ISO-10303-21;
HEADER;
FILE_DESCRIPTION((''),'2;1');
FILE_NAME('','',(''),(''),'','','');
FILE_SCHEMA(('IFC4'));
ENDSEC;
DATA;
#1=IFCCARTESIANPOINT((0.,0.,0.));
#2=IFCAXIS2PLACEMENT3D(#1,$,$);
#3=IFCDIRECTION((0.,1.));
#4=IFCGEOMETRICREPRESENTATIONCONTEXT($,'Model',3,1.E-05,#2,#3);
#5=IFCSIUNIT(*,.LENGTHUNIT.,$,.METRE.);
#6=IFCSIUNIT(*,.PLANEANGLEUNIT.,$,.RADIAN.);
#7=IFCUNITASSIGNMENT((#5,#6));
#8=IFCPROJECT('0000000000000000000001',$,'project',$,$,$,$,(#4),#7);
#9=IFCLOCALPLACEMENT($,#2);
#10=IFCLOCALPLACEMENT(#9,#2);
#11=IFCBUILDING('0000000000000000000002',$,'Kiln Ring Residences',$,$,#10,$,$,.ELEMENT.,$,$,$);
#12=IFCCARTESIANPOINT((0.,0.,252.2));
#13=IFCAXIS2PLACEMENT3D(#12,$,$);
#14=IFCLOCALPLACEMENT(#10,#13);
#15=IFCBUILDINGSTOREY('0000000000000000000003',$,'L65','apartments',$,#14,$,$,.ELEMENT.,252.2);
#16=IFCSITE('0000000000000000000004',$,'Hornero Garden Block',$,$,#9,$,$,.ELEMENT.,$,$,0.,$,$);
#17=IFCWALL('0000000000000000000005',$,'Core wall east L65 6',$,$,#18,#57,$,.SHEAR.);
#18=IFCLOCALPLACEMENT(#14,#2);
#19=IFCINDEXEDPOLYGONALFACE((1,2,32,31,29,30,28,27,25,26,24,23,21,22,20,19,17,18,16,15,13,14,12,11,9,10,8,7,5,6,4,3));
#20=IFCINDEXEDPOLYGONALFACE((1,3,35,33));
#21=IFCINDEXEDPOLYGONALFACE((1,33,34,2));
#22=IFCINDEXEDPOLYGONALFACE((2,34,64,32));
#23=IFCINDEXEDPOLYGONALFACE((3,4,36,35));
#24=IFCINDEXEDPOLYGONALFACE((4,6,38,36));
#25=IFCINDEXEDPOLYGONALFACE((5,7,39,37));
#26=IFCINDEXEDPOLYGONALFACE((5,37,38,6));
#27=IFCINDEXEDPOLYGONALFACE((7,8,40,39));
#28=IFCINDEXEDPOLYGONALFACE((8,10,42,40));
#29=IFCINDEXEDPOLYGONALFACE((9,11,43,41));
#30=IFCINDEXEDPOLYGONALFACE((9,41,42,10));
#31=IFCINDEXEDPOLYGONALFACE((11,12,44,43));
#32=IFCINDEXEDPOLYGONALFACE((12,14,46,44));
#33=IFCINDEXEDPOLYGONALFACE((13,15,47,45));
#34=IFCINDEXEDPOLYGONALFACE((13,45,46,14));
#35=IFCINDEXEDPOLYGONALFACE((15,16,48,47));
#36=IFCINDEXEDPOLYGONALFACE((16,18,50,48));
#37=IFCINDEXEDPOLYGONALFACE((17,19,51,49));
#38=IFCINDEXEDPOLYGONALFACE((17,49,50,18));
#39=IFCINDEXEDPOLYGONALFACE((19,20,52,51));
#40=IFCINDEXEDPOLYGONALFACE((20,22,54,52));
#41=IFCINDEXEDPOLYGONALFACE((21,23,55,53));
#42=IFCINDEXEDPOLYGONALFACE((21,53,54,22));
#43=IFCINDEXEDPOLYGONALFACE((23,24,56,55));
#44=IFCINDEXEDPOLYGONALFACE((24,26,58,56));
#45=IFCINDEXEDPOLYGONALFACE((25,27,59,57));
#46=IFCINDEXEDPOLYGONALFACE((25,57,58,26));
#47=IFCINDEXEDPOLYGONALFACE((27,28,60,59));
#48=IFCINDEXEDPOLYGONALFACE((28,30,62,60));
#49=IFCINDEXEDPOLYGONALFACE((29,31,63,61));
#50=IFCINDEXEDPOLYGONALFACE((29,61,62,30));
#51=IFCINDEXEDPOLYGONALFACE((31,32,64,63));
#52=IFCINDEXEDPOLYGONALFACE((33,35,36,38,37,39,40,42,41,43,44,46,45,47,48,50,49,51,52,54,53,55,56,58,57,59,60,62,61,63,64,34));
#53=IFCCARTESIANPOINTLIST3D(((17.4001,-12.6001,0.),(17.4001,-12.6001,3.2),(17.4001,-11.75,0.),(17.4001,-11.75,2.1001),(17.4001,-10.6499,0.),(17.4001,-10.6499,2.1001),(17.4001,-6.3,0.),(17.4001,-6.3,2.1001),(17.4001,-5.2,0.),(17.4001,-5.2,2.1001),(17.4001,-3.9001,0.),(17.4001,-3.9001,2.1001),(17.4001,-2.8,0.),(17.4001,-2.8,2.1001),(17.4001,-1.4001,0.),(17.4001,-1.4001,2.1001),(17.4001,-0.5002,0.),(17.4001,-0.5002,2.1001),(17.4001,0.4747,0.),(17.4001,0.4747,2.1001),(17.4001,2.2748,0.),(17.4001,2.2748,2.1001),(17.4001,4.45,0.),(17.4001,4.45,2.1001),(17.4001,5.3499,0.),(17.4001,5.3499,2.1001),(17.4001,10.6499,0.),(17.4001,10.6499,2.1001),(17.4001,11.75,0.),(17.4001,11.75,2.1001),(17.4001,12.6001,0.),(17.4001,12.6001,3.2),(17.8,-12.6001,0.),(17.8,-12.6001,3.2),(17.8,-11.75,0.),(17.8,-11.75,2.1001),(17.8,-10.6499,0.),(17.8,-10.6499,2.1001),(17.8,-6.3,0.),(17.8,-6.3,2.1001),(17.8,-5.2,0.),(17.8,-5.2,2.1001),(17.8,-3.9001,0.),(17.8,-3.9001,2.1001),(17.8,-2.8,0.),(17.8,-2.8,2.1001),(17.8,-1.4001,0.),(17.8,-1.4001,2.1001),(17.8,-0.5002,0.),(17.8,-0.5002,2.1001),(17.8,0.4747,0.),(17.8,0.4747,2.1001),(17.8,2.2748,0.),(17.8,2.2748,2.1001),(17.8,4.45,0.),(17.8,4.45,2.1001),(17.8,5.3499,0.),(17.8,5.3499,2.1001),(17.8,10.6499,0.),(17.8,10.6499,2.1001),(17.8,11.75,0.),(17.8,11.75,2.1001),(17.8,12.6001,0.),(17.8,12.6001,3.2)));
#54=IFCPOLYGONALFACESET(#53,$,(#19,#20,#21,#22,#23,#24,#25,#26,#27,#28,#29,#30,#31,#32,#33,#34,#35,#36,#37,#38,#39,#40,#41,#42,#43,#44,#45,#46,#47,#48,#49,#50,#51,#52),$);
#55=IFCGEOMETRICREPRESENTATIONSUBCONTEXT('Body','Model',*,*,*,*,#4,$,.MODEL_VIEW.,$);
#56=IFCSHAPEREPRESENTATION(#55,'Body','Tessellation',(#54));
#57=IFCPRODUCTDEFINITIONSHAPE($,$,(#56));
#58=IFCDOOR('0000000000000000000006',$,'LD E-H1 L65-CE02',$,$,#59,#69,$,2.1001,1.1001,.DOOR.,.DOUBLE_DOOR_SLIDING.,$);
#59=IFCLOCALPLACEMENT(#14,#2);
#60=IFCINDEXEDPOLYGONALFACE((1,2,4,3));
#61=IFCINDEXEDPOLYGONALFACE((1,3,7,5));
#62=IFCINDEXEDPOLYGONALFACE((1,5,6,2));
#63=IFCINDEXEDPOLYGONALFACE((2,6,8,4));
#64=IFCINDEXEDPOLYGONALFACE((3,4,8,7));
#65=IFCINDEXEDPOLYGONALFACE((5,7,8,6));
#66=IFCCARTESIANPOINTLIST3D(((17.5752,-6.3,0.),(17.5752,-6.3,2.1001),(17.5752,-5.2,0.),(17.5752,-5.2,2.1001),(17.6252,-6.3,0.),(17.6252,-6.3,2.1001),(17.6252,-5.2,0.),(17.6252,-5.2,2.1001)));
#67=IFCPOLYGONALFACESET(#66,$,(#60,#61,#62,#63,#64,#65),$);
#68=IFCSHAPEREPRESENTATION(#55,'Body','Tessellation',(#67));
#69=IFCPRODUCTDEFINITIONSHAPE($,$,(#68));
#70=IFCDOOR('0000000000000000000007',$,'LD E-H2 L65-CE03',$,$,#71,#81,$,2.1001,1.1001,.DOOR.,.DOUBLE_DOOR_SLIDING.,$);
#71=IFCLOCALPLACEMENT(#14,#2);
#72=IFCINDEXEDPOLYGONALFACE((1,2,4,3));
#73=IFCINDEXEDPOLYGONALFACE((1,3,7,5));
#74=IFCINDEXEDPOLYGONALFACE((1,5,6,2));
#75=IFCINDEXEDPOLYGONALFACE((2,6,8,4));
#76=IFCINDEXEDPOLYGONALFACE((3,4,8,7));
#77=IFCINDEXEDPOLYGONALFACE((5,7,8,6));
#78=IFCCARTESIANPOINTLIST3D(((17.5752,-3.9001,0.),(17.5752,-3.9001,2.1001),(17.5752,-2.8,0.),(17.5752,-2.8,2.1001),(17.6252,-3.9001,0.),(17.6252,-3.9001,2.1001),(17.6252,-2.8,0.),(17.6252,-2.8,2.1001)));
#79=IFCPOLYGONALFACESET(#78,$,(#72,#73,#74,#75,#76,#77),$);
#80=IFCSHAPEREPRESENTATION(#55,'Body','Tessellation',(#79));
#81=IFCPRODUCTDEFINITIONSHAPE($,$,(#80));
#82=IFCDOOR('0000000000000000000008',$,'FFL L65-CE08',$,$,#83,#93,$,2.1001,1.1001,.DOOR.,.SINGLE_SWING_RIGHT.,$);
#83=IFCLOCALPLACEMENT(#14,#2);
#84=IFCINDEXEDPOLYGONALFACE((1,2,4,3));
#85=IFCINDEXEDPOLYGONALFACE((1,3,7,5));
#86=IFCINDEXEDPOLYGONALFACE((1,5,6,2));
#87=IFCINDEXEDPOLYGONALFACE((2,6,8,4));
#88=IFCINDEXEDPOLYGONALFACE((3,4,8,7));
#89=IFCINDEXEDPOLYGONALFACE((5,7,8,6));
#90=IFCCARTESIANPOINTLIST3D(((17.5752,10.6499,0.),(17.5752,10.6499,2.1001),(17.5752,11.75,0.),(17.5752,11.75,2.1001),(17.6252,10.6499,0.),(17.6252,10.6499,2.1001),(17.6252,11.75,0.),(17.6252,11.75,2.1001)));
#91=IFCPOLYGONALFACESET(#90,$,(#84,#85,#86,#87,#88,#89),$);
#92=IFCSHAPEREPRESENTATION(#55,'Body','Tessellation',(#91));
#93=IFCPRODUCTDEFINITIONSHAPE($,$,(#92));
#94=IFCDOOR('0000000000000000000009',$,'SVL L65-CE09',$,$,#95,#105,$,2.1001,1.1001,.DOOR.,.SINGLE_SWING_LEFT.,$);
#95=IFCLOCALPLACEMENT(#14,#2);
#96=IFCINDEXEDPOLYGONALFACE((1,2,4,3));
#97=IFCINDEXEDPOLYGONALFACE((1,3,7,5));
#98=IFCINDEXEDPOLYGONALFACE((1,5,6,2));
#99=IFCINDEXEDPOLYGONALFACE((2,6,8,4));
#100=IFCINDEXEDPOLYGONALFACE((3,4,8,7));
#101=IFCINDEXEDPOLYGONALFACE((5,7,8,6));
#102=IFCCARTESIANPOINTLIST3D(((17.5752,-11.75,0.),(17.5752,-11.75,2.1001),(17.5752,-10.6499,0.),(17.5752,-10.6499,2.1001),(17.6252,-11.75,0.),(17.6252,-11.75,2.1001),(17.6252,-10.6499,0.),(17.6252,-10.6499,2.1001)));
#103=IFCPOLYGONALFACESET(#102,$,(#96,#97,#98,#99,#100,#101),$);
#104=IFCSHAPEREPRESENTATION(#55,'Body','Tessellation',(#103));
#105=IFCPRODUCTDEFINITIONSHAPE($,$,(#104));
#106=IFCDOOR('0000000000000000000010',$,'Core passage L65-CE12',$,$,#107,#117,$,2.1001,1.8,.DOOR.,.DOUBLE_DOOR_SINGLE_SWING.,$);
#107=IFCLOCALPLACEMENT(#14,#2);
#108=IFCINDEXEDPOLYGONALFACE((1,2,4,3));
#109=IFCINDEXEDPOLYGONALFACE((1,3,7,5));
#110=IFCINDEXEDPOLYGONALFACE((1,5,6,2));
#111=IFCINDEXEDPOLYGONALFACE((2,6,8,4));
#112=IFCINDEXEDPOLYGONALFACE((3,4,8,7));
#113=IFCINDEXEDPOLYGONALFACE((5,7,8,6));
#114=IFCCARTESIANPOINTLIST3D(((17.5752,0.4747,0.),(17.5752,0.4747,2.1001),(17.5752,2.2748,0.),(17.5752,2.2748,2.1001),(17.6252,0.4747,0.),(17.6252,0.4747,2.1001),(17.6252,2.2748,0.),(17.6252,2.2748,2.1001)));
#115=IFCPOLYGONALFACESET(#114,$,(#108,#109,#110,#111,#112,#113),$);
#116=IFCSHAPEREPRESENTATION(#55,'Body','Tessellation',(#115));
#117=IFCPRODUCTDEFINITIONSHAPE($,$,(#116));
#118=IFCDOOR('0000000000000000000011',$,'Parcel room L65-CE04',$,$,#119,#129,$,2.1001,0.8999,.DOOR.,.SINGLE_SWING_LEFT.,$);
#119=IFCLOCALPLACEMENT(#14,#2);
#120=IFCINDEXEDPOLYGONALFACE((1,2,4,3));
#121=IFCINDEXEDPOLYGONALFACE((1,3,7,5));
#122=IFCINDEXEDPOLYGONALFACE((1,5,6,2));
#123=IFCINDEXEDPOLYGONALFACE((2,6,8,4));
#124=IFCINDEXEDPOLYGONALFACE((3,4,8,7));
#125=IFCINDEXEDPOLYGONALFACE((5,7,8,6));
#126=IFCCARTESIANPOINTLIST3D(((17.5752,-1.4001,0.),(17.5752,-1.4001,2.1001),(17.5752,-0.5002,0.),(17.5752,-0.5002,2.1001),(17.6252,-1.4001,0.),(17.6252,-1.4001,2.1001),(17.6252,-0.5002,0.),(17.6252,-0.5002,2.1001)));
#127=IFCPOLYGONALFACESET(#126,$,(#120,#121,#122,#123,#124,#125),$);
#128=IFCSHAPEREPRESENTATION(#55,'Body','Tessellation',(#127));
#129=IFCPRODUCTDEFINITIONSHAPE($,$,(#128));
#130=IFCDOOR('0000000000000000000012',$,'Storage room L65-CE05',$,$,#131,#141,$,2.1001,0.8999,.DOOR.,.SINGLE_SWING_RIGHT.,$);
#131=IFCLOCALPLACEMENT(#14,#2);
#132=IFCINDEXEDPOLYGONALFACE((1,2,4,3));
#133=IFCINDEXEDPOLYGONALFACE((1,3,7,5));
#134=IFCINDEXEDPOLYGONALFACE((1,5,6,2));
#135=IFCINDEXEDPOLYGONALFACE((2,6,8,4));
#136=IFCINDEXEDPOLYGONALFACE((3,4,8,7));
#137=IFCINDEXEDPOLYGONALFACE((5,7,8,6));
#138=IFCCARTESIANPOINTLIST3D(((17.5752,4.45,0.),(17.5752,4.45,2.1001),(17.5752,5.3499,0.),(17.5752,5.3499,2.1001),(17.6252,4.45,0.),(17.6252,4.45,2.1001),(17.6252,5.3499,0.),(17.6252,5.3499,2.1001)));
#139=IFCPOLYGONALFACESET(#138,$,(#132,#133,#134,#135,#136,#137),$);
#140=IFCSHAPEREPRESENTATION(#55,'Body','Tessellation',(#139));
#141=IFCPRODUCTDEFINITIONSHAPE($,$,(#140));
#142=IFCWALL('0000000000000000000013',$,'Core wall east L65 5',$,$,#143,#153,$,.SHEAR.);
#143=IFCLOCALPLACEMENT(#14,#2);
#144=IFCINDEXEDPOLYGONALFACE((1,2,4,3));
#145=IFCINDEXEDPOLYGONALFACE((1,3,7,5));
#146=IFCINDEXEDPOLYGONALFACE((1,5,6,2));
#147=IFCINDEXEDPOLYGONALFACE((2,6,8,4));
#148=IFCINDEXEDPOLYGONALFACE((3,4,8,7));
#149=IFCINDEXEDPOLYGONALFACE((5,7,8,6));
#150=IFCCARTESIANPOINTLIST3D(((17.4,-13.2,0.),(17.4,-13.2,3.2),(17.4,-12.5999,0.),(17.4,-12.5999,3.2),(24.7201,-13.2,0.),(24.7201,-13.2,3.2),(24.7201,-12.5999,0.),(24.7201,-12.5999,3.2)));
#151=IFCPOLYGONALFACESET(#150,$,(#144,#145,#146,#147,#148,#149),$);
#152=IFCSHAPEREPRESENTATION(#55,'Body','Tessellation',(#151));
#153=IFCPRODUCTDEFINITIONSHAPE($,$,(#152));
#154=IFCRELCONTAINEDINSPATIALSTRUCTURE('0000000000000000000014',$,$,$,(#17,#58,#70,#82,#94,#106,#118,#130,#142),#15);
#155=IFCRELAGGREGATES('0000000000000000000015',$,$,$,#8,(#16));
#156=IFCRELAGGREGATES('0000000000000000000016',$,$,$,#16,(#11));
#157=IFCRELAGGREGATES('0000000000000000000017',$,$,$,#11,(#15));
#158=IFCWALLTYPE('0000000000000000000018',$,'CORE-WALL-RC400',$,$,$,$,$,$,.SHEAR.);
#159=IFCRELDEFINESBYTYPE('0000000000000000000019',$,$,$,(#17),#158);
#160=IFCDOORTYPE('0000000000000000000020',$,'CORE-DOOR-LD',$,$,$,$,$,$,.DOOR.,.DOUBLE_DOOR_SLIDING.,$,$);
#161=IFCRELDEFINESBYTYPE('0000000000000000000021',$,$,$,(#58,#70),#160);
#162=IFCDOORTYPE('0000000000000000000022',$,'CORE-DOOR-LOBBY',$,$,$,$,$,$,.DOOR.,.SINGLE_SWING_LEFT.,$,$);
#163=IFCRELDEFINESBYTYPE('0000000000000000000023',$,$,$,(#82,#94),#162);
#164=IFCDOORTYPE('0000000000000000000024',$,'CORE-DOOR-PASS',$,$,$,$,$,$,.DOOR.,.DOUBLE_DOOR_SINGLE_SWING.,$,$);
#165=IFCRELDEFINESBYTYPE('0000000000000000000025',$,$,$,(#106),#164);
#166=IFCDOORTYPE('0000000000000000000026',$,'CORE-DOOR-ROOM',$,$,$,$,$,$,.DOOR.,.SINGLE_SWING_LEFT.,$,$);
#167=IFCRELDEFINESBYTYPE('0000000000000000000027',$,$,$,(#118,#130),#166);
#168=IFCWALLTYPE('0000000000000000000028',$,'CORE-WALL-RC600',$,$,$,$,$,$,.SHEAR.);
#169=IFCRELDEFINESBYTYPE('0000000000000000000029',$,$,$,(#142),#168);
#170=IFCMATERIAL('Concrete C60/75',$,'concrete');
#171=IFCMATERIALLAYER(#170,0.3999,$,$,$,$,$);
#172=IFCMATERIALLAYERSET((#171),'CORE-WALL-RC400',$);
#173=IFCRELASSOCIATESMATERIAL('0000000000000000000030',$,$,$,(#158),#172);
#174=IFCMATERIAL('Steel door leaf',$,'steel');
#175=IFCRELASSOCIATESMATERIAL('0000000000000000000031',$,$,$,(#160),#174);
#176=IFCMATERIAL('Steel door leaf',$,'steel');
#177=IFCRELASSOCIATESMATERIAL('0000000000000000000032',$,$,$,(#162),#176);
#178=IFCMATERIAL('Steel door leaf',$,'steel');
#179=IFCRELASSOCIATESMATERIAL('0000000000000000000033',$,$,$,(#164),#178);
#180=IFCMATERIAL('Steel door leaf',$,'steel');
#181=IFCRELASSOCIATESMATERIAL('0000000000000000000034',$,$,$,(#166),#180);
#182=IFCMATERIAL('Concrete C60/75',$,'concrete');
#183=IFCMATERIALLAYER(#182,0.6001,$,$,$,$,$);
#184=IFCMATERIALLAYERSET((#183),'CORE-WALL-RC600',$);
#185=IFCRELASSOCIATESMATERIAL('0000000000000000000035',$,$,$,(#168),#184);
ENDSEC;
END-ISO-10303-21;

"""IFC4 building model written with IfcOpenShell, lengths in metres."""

from ifc_helpers import new_model, si_unit, direction, frame, frame_2d, origin, place, context, subcontext, project, spatial, rectangle, extrude, material, layer, layer_set, type_object, element, fill, save


model = new_model("IFC4")

# Units and contexts
model_context = context("Model", 3, precision=1e-05, world=origin(), true_north=direction((0.0, 1.0)))
body_context = subcontext(model_context, "Body", "Model", "MODEL_VIEW")
ifc_project = project(units=[si_unit("LENGTHUNIT", "METRE"), si_unit("PLANEANGLEUNIT", "RADIAN")], contexts=[model_context])

# Site, building, storey
site_placement = place(None, origin())
site = spatial("IfcSite", under=ifc_project, at=site_placement, Name="Hornero Garden Block", CompositionType="ELEMENT", RefElevation=0.0)
building_placement = place(site_placement, origin())
building = spatial("IfcBuilding", under=site, at=building_placement, Name="Kiln Ring Residences", CompositionType="ELEMENT")
storey_placement = place(building_placement, frame((0.0, 0.0, 252.2)))
storey = spatial("IfcBuildingStorey", under=building, at=storey_placement, Name="L65", Description="apartments", CompositionType="ELEMENT", Elevation=252.2)

# Wall, openings, doors
ifc_material_1 = material(Name="Concrete C60/75", Category="concrete")
ifc_layer_1 = layer(ifc_material_1, 0.3999)
ifc_layer_set_1 = layer_set([ifc_layer_1], Name="CORE-WALL-RC400")
wall_type_1 = type_object("IfcWallType", Name="CORE-WALL-RC400", PredefinedType="SHEAR", material=ifc_layer_set_1)
wall_1_placement = place(storey_placement, frame((17.6001, -12.6001, 0.0), z_axis=(0.0, 0.0, 1.0), x_axis=(0.0, 1.0, 0.0)))
wall_1 = element("IfcWall", 1, at=wall_1_placement, inside=storey, type_object=wall_type_1, Name="Core wall east L65 6", PredefinedType="SHEAR", context=body_context, shape_type="SweptSolid", body=[
    extrude(rectangle(XDim=25.2002, YDim=0.3999, at=frame_2d((12.6001, 0.0))), origin(), (0.0, 0.0, 1.0), 3.2),
])
opening_1_placement = place(wall_1_placement, frame((6.3, 0.0, 0.0)))
opening_1 = element("IfcOpeningElement", 2, at=opening_1_placement, cuts=wall_1, PredefinedType="OPENING", context=body_context, shape_type="SweptSolid", body=[
    extrude(rectangle(XDim=1.1001, YDim=2.1001, at=frame_2d((0.55, 1.05))), frame((0.0, 0.21, 0.0), z_axis=(0.0, -1.0, 0.0), x_axis=(1.0, 0.0, 0.0)), (0.0, 0.0, 1.0), 0.4199),
])
opening_2_placement = place(wall_1_placement, frame((8.7, 0.0, 0.0)))
opening_2 = element("IfcOpeningElement", 3, at=opening_2_placement, cuts=wall_1, PredefinedType="OPENING", context=body_context, shape_type="SweptSolid", body=[
    extrude(rectangle(XDim=1.1001, YDim=2.1001, at=frame_2d((0.55, 1.05))), frame((0.0, 0.21, 0.0), z_axis=(0.0, -1.0, 0.0), x_axis=(1.0, 0.0, 0.0)), (0.0, 0.0, 1.0), 0.4199),
])
opening_3_placement = place(wall_1_placement, frame((11.2, 0.0, 0.0)))
opening_3 = element("IfcOpeningElement", 4, at=opening_3_placement, cuts=wall_1, PredefinedType="OPENING", context=body_context, shape_type="SweptSolid", body=[
    extrude(rectangle(XDim=0.8999, YDim=2.1001, at=frame_2d((0.45, 1.05))), frame((0.0, 0.21, 0.0), z_axis=(0.0, -1.0, 0.0), x_axis=(1.0, 0.0, 0.0)), (0.0, 0.0, 1.0), 0.4199),
])
opening_4_placement = place(wall_1_placement, frame((17.05, 0.0, 0.0)))
opening_4 = element("IfcOpeningElement", 5, at=opening_4_placement, cuts=wall_1, PredefinedType="OPENING", context=body_context, shape_type="SweptSolid", body=[
    extrude(rectangle(XDim=0.8999, YDim=2.1001, at=frame_2d((0.45, 1.05))), frame((0.0, 0.21, 0.0), z_axis=(0.0, -1.0, 0.0), x_axis=(1.0, 0.0, 0.0)), (0.0, 0.0, 1.0), 0.4199),
])
opening_5_placement = place(wall_1_placement, frame((23.25, 0.0, 0.0)))
opening_5 = element("IfcOpeningElement", 6, at=opening_5_placement, cuts=wall_1, PredefinedType="OPENING", context=body_context, shape_type="SweptSolid", body=[
    extrude(rectangle(XDim=1.1001, YDim=2.1001, at=frame_2d((0.55, 1.05))), frame((0.0, 0.21, 0.0), z_axis=(0.0, -1.0, 0.0), x_axis=(1.0, 0.0, 0.0)), (0.0, 0.0, 1.0), 0.4199),
])
opening_6_placement = place(wall_1_placement, frame((0.8501, 0.0, 0.0)))
opening_6 = element("IfcOpeningElement", 7, at=opening_6_placement, cuts=wall_1, PredefinedType="OPENING", context=body_context, shape_type="SweptSolid", body=[
    extrude(rectangle(XDim=1.1001, YDim=2.1001, at=frame_2d((0.55, 1.05))), frame((0.0, 0.21, 0.0), z_axis=(0.0, -1.0, 0.0), x_axis=(1.0, 0.0, 0.0)), (0.0, 0.0, 1.0), 0.4199),
])
opening_7_placement = place(wall_1_placement, frame((13.075, 0.0, 0.0)))
opening_7 = element("IfcOpeningElement", 8, at=opening_7_placement, cuts=wall_1, PredefinedType="OPENING", context=body_context, shape_type="SweptSolid", body=[
    extrude(rectangle(XDim=1.8, YDim=2.1001, at=frame_2d((0.8999, 1.05))), frame((0.0, 0.21, 0.0), z_axis=(0.0, -1.0, 0.0), x_axis=(1.0, 0.0, 0.0)), (0.0, 0.0, 1.0), 0.4199),
])
ifc_material_2 = material(Name="Steel door leaf", Category="steel")
door_type_1 = type_object("IfcDoorType", Name="CORE-DOOR-LD", OperationType="DOUBLE_DOOR_SLIDING", PredefinedType="DOOR", material=ifc_material_2)
door_1_placement = place(opening_1_placement, origin())
door_1 = element("IfcDoor", 9, at=door_1_placement, inside=storey, type_object=door_type_1, Name="LD E-H1 L65-CE02", OperationType="DOUBLE_DOOR_SLIDING", OverallHeight=2.1001, OverallWidth=1.1001, PredefinedType="DOOR", context=body_context, shape_type="SweptSolid", body=[
    extrude(rectangle(XDim=1.1001, YDim=2.1001, at=frame_2d((0.55, 1.05))), frame((0.0, 0.0249, 0.0), z_axis=(0.0, -1.0, 0.0), x_axis=(1.0, 0.0, 0.0)), (0.0, 0.0, 1.0), 0.05),
])
fill(opening_1, door_1)
door_2_placement = place(opening_2_placement, origin())
door_2 = element("IfcDoor", 10, at=door_2_placement, inside=storey, type_object=door_type_1, Name="LD E-H2 L65-CE03", OperationType="DOUBLE_DOOR_SLIDING", OverallHeight=2.1001, OverallWidth=1.1001, PredefinedType="DOOR", context=body_context, shape_type="SweptSolid", body=[
    extrude(rectangle(XDim=1.1001, YDim=2.1001, at=frame_2d((0.55, 1.05))), frame((0.0, 0.0249, 0.0), z_axis=(0.0, -1.0, 0.0), x_axis=(1.0, 0.0, 0.0)), (0.0, 0.0, 1.0), 0.05),
])
fill(opening_2, door_2)
ifc_material_3 = material(Name="Steel door leaf", Category="steel")
door_type_2 = type_object("IfcDoorType", Name="CORE-DOOR-LOBBY", OperationType="SINGLE_SWING_LEFT", PredefinedType="DOOR", material=ifc_material_3)
door_3_placement = place(opening_5_placement, origin())
door_3 = element("IfcDoor", 11, at=door_3_placement, inside=storey, type_object=door_type_2, Name="FFL L65-CE08", OperationType="SINGLE_SWING_RIGHT", OverallHeight=2.1001, OverallWidth=1.1001, PredefinedType="DOOR", context=body_context, shape_type="SweptSolid", body=[
    extrude(rectangle(XDim=1.1001, YDim=2.1001, at=frame_2d((0.55, 1.05))), frame((0.0, 0.0249, 0.0), z_axis=(0.0, -1.0, 0.0), x_axis=(1.0, 0.0, 0.0)), (0.0, 0.0, 1.0), 0.05),
])
fill(opening_5, door_3)
door_4_placement = place(opening_6_placement, origin())
door_4 = element("IfcDoor", 12, at=door_4_placement, inside=storey, type_object=door_type_2, Name="SVL L65-CE09", OperationType="SINGLE_SWING_LEFT", OverallHeight=2.1001, OverallWidth=1.1001, PredefinedType="DOOR", context=body_context, shape_type="SweptSolid", body=[
    extrude(rectangle(XDim=1.1001, YDim=2.1001, at=frame_2d((0.55, 1.05))), frame((0.0, 0.0249, 0.0), z_axis=(0.0, -1.0, 0.0), x_axis=(1.0, 0.0, 0.0)), (0.0, 0.0, 1.0), 0.05),
])
fill(opening_6, door_4)
ifc_material_4 = material(Name="Steel door leaf", Category="steel")
door_type_3 = type_object("IfcDoorType", Name="CORE-DOOR-PASS", OperationType="DOUBLE_DOOR_SINGLE_SWING", PredefinedType="DOOR", material=ifc_material_4)
door_5_placement = place(opening_7_placement, origin())
door_5 = element("IfcDoor", 13, at=door_5_placement, inside=storey, type_object=door_type_3, Name="Core passage L65-CE12", OperationType="DOUBLE_DOOR_SINGLE_SWING", OverallHeight=2.1001, OverallWidth=1.8, PredefinedType="DOOR", context=body_context, shape_type="SweptSolid", body=[
    extrude(rectangle(XDim=1.8, YDim=2.1001, at=frame_2d((0.8999, 1.05))), frame((0.0, 0.0249, 0.0), z_axis=(0.0, -1.0, 0.0), x_axis=(1.0, 0.0, 0.0)), (0.0, 0.0, 1.0), 0.05),
])
fill(opening_7, door_5)
ifc_material_5 = material(Name="Steel door leaf", Category="steel")
door_type_4 = type_object("IfcDoorType", Name="CORE-DOOR-ROOM", OperationType="SINGLE_SWING_LEFT", PredefinedType="DOOR", material=ifc_material_5)
door_6_placement = place(opening_3_placement, origin())
door_6 = element("IfcDoor", 14, at=door_6_placement, inside=storey, type_object=door_type_4, Name="Parcel room L65-CE04", OperationType="SINGLE_SWING_LEFT", OverallHeight=2.1001, OverallWidth=0.8999, PredefinedType="DOOR", context=body_context, shape_type="SweptSolid", body=[
    extrude(rectangle(XDim=0.8999, YDim=2.1001, at=frame_2d((0.45, 1.05))), frame((0.0, 0.0249, 0.0), z_axis=(0.0, -1.0, 0.0), x_axis=(1.0, 0.0, 0.0)), (0.0, 0.0, 1.0), 0.05),
])
fill(opening_3, door_6)
door_7_placement = place(opening_4_placement, origin())
door_7 = element("IfcDoor", 15, at=door_7_placement, inside=storey, type_object=door_type_4, Name="Storage room L65-CE05", OperationType="SINGLE_SWING_RIGHT", OverallHeight=2.1001, OverallWidth=0.8999, PredefinedType="DOOR", context=body_context, shape_type="SweptSolid", body=[
    extrude(rectangle(XDim=0.8999, YDim=2.1001, at=frame_2d((0.45, 1.05))), frame((0.0, 0.0249, 0.0), z_axis=(0.0, -1.0, 0.0), x_axis=(1.0, 0.0, 0.0)), (0.0, 0.0, 1.0), 0.05),
])
fill(opening_4, door_7)

# Wall
ifc_material_6 = material(Name="Concrete C60/75", Category="concrete")
ifc_layer_2 = layer(ifc_material_6, 0.6001)
ifc_layer_set_2 = layer_set([ifc_layer_2], Name="CORE-WALL-RC600")
wall_type_2 = type_object("IfcWallType", Name="CORE-WALL-RC600", PredefinedType="SHEAR", material=ifc_layer_set_2)
wall_2_placement = place(storey_placement, frame((17.3999, -12.8999, 0.0), z_axis=(0.0, 0.0, 1.0), x_axis=(1.0, 0.0, 0.0)))
element("IfcWall", 16, at=wall_2_placement, inside=storey, type_object=wall_type_2, Name="Core wall east L65 5", PredefinedType="SHEAR", context=body_context, shape_type="SweptSolid", body=[
    extrude(rectangle(XDim=7.3201, YDim=0.6001, at=frame_2d((3.6602, 0.0))), origin(), (0.0, 0.0, 1.0), 3.2),
])

save(model, "model.ifc")
